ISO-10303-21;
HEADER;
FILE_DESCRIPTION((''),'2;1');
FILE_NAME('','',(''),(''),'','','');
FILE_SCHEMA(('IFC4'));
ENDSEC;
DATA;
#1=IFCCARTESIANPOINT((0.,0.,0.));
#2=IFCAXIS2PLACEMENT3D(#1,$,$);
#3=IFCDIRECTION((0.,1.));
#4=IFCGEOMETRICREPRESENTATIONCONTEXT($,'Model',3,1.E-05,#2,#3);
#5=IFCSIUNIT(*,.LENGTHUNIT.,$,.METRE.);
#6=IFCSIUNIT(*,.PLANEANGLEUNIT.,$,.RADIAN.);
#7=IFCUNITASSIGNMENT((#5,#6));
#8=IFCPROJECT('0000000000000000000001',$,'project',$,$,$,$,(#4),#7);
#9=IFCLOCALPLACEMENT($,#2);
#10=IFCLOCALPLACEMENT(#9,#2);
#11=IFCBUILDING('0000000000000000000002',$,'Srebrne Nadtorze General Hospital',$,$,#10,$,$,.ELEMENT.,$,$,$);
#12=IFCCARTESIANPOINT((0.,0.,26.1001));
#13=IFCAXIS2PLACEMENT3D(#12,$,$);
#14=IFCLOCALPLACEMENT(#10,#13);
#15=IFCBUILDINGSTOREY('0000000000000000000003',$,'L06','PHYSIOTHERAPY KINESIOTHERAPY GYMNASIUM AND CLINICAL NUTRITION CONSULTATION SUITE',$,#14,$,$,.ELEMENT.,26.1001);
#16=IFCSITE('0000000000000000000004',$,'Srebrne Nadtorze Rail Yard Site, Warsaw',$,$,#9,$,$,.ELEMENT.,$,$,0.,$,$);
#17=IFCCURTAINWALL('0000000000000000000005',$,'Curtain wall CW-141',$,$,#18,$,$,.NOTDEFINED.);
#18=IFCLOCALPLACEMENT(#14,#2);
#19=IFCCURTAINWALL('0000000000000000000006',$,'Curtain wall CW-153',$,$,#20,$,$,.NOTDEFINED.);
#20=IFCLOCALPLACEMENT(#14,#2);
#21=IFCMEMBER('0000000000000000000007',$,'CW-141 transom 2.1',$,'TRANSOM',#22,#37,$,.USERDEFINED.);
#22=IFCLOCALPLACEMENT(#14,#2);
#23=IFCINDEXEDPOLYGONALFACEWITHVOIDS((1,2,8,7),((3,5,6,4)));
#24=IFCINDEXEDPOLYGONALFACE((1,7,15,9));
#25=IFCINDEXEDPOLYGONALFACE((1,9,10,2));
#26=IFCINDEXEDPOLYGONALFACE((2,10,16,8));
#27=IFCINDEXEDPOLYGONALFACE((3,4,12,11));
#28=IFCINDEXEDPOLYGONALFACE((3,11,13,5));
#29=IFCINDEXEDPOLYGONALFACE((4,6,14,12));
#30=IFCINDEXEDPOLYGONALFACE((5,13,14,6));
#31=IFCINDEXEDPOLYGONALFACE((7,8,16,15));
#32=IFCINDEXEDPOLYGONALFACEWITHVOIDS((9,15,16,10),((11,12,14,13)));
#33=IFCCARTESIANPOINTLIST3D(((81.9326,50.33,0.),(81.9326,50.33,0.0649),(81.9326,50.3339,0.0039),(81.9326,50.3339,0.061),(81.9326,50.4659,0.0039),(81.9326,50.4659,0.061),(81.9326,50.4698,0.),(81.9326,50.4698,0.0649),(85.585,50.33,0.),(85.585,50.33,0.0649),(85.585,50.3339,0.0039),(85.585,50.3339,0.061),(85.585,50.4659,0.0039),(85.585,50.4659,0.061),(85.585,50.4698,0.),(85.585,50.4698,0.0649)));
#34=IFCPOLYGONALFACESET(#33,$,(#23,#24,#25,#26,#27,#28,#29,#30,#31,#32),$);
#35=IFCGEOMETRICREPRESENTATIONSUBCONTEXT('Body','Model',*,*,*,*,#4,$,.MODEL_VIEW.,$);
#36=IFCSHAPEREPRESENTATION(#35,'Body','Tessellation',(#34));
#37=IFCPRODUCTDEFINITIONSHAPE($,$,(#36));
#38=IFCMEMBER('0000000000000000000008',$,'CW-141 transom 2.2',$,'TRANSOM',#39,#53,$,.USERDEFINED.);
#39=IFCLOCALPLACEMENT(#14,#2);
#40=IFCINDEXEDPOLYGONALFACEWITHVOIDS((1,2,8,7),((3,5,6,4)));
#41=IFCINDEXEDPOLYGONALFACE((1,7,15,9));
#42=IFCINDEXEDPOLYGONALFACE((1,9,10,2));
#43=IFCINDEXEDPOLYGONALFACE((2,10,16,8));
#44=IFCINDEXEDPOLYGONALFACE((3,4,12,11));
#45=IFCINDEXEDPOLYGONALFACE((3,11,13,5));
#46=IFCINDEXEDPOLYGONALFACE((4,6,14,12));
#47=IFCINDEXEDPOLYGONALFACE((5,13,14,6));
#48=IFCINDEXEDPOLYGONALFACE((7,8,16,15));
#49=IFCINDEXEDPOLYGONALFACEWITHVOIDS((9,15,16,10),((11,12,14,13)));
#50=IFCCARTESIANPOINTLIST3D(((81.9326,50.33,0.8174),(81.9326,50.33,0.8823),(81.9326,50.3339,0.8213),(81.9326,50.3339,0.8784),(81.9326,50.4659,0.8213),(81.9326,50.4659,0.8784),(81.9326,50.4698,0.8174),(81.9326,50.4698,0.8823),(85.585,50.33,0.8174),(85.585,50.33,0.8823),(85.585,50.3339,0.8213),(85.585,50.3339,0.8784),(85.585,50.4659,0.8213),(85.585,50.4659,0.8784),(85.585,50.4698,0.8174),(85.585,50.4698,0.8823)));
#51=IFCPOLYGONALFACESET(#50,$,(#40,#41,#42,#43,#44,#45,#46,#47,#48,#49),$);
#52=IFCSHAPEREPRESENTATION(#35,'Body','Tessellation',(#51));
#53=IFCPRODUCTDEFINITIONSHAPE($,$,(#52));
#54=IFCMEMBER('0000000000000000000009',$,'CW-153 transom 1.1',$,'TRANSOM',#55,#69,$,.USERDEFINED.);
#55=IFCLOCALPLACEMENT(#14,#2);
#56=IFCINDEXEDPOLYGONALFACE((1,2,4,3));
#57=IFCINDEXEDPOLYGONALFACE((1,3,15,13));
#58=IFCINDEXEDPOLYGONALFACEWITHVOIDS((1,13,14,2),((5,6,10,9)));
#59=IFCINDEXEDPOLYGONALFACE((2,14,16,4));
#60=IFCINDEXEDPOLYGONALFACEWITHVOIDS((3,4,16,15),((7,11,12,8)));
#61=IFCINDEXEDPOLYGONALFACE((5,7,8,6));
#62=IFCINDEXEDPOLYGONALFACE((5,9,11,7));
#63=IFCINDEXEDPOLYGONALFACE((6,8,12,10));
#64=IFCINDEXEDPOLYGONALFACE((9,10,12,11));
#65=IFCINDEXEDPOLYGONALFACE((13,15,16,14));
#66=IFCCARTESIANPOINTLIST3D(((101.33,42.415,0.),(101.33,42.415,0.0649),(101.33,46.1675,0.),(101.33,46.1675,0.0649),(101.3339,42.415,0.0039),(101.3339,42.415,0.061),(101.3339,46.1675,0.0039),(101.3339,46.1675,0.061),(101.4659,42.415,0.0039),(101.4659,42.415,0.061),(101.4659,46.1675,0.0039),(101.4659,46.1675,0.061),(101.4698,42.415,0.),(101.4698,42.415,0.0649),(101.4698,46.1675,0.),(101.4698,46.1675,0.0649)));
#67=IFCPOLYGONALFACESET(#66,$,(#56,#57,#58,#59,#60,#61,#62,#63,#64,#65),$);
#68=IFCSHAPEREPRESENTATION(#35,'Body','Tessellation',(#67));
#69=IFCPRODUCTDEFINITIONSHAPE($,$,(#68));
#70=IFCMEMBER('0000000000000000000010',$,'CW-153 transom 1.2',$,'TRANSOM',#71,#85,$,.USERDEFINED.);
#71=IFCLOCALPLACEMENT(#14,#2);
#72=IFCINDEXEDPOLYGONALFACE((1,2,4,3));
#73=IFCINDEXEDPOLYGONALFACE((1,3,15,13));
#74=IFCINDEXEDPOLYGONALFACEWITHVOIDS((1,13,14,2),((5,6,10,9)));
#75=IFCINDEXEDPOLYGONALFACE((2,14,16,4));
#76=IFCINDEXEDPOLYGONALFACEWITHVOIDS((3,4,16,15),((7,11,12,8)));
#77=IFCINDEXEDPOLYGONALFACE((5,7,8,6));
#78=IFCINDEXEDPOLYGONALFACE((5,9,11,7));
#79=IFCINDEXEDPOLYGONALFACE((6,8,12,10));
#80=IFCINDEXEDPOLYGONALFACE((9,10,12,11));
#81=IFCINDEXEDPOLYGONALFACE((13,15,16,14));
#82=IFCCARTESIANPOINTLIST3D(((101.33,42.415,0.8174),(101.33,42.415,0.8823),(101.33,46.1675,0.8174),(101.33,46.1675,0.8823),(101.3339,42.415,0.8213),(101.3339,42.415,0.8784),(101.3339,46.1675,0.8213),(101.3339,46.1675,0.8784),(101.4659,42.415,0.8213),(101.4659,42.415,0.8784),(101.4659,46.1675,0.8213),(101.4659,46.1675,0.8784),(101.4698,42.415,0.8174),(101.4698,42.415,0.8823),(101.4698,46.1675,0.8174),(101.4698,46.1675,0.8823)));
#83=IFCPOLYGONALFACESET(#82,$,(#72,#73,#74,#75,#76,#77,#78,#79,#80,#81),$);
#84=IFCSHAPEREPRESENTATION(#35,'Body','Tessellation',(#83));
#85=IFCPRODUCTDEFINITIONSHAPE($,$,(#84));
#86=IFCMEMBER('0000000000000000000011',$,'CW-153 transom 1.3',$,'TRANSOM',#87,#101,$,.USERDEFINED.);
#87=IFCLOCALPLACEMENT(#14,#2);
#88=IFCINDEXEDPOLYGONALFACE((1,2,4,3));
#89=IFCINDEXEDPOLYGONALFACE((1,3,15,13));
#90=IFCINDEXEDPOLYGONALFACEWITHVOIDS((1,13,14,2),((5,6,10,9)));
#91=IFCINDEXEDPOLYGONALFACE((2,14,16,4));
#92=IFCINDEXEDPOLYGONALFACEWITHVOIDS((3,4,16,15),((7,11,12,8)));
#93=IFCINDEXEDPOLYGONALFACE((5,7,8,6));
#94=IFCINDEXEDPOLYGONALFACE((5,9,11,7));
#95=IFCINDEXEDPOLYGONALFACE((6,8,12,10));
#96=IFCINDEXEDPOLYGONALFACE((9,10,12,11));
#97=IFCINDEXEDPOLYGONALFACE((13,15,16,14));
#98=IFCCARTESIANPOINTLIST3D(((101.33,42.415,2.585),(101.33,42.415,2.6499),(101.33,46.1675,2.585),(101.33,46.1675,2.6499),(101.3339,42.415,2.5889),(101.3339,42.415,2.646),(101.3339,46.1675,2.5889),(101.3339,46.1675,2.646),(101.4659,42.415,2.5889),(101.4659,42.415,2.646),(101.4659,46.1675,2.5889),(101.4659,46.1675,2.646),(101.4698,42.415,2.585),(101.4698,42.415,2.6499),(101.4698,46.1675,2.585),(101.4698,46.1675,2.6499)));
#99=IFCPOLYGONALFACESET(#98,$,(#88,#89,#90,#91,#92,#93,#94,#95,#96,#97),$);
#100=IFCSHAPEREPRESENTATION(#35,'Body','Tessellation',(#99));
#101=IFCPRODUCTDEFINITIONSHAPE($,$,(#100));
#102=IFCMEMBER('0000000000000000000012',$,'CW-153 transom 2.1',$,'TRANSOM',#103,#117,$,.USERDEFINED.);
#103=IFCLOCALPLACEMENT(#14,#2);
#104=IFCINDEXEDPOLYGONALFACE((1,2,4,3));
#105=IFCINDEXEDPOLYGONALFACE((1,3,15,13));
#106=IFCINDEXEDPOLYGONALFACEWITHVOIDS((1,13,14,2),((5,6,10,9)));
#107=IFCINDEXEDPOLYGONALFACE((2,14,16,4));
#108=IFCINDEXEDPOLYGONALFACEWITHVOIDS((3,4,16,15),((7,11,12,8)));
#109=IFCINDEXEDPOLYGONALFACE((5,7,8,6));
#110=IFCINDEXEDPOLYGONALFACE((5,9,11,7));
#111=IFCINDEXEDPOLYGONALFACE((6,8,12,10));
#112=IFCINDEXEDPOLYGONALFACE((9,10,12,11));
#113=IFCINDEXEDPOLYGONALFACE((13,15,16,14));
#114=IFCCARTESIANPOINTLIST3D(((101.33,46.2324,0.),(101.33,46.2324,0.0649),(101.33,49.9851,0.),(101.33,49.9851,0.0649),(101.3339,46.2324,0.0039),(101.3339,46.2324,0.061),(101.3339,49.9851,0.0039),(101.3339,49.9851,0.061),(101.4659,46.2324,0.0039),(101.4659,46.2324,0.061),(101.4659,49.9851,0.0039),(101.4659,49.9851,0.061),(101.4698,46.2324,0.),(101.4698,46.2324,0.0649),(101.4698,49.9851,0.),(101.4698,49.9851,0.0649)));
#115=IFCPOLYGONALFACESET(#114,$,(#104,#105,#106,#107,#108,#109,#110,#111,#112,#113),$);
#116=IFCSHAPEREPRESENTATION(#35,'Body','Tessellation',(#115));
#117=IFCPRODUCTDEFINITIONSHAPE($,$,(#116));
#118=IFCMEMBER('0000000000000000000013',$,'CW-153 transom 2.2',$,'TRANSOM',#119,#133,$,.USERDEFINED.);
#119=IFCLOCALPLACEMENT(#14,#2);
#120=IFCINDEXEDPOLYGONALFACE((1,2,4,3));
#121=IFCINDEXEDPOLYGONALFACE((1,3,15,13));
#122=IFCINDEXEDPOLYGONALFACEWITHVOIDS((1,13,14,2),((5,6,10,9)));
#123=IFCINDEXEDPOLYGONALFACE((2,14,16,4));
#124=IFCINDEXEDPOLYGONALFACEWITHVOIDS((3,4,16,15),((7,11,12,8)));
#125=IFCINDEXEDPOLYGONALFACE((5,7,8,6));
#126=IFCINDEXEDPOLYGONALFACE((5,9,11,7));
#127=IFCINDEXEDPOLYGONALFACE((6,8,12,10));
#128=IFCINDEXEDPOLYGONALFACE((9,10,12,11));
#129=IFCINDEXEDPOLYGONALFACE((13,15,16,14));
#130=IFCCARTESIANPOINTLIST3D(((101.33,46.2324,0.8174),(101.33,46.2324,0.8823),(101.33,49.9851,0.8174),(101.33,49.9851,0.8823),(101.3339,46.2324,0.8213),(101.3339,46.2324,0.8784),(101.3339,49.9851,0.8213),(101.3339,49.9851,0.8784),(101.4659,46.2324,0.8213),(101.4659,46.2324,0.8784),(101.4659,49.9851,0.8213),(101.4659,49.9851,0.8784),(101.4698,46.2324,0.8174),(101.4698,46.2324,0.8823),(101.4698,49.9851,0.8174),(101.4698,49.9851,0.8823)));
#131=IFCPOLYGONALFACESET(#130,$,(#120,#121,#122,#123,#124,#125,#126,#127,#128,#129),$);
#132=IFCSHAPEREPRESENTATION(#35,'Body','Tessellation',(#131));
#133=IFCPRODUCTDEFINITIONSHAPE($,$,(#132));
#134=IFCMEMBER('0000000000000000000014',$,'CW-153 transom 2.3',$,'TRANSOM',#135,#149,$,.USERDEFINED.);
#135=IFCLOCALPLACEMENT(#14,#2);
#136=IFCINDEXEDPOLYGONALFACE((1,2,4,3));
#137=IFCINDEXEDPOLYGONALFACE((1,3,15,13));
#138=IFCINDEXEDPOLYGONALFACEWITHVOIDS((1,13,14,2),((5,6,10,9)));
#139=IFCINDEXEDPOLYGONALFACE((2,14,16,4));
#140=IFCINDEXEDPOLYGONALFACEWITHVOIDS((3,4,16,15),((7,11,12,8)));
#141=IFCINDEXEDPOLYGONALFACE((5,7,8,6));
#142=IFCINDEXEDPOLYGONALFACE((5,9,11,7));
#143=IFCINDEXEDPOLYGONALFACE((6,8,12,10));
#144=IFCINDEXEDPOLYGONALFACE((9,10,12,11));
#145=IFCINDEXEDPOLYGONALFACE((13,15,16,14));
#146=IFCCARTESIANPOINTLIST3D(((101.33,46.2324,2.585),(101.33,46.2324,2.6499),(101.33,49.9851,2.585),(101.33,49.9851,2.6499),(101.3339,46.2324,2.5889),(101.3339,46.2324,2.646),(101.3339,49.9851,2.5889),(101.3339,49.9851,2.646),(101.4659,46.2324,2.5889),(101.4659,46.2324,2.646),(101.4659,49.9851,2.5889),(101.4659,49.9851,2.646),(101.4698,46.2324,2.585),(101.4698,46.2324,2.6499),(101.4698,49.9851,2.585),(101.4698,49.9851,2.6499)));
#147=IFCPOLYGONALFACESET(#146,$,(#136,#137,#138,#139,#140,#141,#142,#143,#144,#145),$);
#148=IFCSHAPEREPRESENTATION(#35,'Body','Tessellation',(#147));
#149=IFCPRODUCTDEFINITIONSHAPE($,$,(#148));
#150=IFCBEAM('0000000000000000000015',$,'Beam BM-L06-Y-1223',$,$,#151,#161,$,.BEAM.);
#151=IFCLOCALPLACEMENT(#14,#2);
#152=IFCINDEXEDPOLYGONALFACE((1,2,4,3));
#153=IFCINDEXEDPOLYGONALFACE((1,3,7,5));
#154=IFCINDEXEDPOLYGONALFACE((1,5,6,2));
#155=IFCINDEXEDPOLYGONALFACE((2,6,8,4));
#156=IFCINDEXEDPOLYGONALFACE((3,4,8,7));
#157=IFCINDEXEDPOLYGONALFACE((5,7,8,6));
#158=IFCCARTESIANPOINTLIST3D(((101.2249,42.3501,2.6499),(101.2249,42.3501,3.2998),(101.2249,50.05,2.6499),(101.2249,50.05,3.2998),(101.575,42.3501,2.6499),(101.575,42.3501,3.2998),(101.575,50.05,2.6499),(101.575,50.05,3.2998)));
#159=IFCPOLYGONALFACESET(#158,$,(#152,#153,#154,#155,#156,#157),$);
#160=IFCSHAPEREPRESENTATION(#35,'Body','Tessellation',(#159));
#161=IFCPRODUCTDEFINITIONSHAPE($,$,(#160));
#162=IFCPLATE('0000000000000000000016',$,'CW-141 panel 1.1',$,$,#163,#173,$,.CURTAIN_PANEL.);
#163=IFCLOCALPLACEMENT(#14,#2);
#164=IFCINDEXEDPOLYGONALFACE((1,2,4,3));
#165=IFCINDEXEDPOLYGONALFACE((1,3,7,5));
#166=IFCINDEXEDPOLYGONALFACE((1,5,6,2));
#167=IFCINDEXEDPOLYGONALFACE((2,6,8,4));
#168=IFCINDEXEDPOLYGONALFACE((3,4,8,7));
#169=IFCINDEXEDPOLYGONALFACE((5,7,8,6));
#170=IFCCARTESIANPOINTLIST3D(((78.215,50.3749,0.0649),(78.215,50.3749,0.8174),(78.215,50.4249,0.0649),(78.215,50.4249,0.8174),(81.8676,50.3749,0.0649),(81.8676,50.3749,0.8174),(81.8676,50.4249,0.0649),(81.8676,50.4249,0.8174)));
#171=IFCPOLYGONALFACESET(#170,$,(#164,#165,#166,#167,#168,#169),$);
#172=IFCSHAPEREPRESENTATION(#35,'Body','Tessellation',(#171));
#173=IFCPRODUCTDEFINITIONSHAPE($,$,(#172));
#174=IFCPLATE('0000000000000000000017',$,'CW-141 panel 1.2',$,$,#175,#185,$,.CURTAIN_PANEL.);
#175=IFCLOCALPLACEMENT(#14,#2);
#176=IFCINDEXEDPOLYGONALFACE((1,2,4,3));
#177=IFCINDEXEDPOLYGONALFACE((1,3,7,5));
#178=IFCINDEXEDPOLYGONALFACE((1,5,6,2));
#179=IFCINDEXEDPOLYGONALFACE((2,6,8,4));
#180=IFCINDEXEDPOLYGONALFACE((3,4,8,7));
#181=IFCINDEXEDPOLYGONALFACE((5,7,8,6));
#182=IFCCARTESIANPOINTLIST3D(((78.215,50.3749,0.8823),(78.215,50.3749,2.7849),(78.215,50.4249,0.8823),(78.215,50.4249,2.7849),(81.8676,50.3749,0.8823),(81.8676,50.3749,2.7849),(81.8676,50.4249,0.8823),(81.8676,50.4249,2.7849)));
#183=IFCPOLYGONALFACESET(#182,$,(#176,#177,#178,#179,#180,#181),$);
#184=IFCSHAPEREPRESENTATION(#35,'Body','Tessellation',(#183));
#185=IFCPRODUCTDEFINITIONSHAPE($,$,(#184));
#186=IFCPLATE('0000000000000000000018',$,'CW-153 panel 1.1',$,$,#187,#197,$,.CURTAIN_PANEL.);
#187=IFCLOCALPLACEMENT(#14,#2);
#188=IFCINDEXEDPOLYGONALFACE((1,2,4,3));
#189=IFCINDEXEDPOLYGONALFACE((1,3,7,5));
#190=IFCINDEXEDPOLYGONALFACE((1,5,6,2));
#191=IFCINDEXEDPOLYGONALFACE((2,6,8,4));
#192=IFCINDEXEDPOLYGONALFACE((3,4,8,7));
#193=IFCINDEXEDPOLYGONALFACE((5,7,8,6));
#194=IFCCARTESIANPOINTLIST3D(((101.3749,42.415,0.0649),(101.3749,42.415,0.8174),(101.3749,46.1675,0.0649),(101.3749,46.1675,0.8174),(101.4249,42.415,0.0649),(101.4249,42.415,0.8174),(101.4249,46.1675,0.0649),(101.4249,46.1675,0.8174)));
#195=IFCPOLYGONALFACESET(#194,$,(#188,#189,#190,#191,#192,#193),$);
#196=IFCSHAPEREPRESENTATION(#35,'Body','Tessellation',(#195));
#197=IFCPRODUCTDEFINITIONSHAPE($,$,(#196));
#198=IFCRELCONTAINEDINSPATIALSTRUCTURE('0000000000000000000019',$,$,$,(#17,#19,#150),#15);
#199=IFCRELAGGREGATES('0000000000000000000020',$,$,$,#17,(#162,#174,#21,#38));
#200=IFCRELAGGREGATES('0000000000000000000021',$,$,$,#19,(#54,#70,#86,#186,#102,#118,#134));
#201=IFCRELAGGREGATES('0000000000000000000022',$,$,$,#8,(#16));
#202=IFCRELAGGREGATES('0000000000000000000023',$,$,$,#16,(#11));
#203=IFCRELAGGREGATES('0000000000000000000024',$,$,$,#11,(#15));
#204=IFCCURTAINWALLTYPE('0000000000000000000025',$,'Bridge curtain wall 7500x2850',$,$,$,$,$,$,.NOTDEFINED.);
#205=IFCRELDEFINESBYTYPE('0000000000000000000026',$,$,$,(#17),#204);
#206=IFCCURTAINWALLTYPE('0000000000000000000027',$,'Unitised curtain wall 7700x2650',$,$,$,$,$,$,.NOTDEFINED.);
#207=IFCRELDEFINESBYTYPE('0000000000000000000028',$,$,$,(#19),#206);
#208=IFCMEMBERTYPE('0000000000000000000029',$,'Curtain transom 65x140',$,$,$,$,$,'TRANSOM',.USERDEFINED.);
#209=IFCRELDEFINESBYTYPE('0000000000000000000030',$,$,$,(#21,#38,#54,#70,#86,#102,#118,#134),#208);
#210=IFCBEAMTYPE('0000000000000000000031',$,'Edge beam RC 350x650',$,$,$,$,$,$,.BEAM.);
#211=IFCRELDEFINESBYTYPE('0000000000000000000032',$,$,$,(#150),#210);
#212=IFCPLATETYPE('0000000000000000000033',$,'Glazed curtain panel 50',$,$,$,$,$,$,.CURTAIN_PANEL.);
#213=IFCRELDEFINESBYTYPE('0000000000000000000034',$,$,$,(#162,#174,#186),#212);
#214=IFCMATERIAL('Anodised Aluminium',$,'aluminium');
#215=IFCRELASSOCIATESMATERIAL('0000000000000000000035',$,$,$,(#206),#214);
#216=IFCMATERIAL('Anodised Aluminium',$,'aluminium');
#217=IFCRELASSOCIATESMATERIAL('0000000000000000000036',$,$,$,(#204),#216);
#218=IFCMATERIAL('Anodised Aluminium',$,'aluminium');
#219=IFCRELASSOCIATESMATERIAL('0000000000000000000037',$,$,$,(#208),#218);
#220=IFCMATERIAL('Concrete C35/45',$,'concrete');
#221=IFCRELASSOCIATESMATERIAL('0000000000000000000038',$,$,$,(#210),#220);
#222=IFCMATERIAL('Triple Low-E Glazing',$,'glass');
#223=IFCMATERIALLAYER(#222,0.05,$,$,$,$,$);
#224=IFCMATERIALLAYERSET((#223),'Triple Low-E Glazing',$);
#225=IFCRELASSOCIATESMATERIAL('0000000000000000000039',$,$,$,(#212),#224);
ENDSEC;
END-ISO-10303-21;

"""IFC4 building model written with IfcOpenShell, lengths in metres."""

from ifc_helpers import new_model, si_unit, direction, frame, origin, origin_2d, place, context, subcontext, project, spatial, rectangle, hollow_rectangle, extrude, material, layer, layer_set, material_profile, profile_set, type_object, element, aggregate, save


model = new_model("IFC4")

# Units and contexts
model_context = context("Model", 3, precision=1e-05, world=origin(), true_north=direction((0.0, 1.0)))
body_context = subcontext(model_context, "Body", "Model", "MODEL_VIEW")
ifc_project = project(units=[si_unit("LENGTHUNIT", "METRE"), si_unit("PLANEANGLEUNIT", "RADIAN")], contexts=[model_context])

# Site, building, storey
site_placement = place(None, origin())
site = spatial("IfcSite", under=ifc_project, at=site_placement, Name="Srebrne Nadtorze Rail Yard Site, Warsaw", CompositionType="ELEMENT", RefElevation=0.0)
building_placement = place(site_placement, origin())
building = spatial("IfcBuilding", under=site, at=building_placement, Name="Srebrne Nadtorze General Hospital", CompositionType="ELEMENT")
storey_placement = place(building_placement, frame((0.0, 0.0, 26.1001)))
storey = spatial("IfcBuildingStorey", under=building, at=storey_placement, Name="L06", Description="PHYSIOTHERAPY KINESIOTHERAPY GYMNASIUM AND CLINICAL NUTRITION CONSULTATION SUITE", CompositionType="ELEMENT", Elevation=26.1001)

# Shared definitions
ifc_material_1 = material(Name="Anodised Aluminium", Category="aluminium")
curtain_wall_type_1 = type_object("IfcCurtainWallType", Name="Unitised curtain wall 7700x2650", PredefinedType="NOTDEFINED", material=ifc_material_1)

# Curtain walls
ifc_material_2 = material(Name="Anodised Aluminium", Category="aluminium")
curtain_wall_type_2 = type_object("IfcCurtainWallType", Name="Bridge curtain wall 7500x2850", PredefinedType="NOTDEFINED", material=ifc_material_2)
curtain_wall_1_placement = place(storey_placement, origin())
curtain_wall_1 = element("IfcCurtainWall", 1, at=curtain_wall_1_placement, inside=storey, type_object=curtain_wall_type_2, Name="Curtain wall CW-141", PredefinedType="NOTDEFINED")
curtain_wall_2_placement = place(storey_placement, origin())
curtain_wall_2 = element("IfcCurtainWall", 2, at=curtain_wall_2_placement, inside=storey, type_object=curtain_wall_type_1, Name="Curtain wall CW-153", PredefinedType="NOTDEFINED")

# Members
ifc_material_3 = material(Name="Anodised Aluminium", Category="aluminium")
ifc_material_profile_1 = material_profile(ifc_material_3, hollow_rectangle(XDim=0.0649, YDim=0.1399, WallThickness=0.0039, at=origin_2d()), Name="AL-TRN-65x140")
ifc_profile_set_1 = profile_set([ifc_material_profile_1], Name="Anodised Aluminium")
member_type_1 = type_object("IfcMemberType", Name="Curtain transom 65x140", ElementType="TRANSOM", PredefinedType="USERDEFINED", material=ifc_profile_set_1)
member_1_placement = place(storey_placement, frame((81.9326, 50.3999, 0.0325), z_axis=(1.0, 0.0, 0.0), x_axis=(0.0, 0.0, 1.0)))
member_1 = element("IfcMember", 3, at=member_1_placement, type_object=member_type_1, Name="CW-141 transom 2.1", ObjectType="TRANSOM", PredefinedType="USERDEFINED", context=body_context, shape_type="SweptSolid", body=[
    extrude(hollow_rectangle(XDim=0.0649, YDim=0.1399, WallThickness=0.0039, at=origin_2d()), origin(), (0.0, 0.0, 1.0), 3.6523),
])
member_2_placement = place(storey_placement, frame((81.9326, 50.3999, 0.8499), z_axis=(1.0, 0.0, 0.0), x_axis=(0.0, 0.0, 1.0)))
member_2 = element("IfcMember", 4, at=member_2_placement, type_object=member_type_1, Name="CW-141 transom 2.2", ObjectType="TRANSOM", PredefinedType="USERDEFINED", context=body_context, shape_type="SweptSolid", body=[
    extrude(hollow_rectangle(XDim=0.0649, YDim=0.1399, WallThickness=0.0039, at=origin_2d()), origin(), (0.0, 0.0, 1.0), 3.6523),
])
member_3_placement = place(storey_placement, frame((101.3999, 42.415, 0.0325), z_axis=(0.0, 1.0, 0.0), x_axis=(0.0, 0.0, 1.0)))
member_3 = element("IfcMember", 5, at=member_3_placement, type_object=member_type_1, Name="CW-153 transom 1.1", ObjectType="TRANSOM", PredefinedType="USERDEFINED", context=body_context, shape_type="SweptSolid", body=[
    extrude(hollow_rectangle(XDim=0.0649, YDim=0.1399, WallThickness=0.0039, at=origin_2d()), origin(), (0.0, 0.0, 1.0), 3.7524),
])
member_4_placement = place(storey_placement, frame((101.3999, 42.415, 0.8499), z_axis=(0.0, 1.0, 0.0), x_axis=(0.0, 0.0, 1.0)))
member_4 = element("IfcMember", 6, at=member_4_placement, type_object=member_type_1, Name="CW-153 transom 1.2", ObjectType="TRANSOM", PredefinedType="USERDEFINED", context=body_context, shape_type="SweptSolid", body=[
    extrude(hollow_rectangle(XDim=0.0649, YDim=0.1399, WallThickness=0.0039, at=origin_2d()), origin(), (0.0, 0.0, 1.0), 3.7524),
])
member_5_placement = place(storey_placement, frame((101.3999, 42.415, 2.6174), z_axis=(0.0, 1.0, 0.0), x_axis=(0.0, 0.0, 1.0)))
member_5 = element("IfcMember", 7, at=member_5_placement, type_object=member_type_1, Name="CW-153 transom 1.3", ObjectType="TRANSOM", PredefinedType="USERDEFINED", context=body_context, shape_type="SweptSolid", body=[
    extrude(hollow_rectangle(XDim=0.0649, YDim=0.1399, WallThickness=0.0039, at=origin_2d()), origin(), (0.0, 0.0, 1.0), 3.7524),
])
member_6_placement = place(storey_placement, frame((101.3999, 46.2324, 0.0325), z_axis=(0.0, 1.0, 0.0), x_axis=(0.0, 0.0, 1.0)))
member_6 = element("IfcMember", 8, at=member_6_placement, type_object=member_type_1, Name="CW-153 transom 2.1", ObjectType="TRANSOM", PredefinedType="USERDEFINED", context=body_context, shape_type="SweptSolid", body=[
    extrude(hollow_rectangle(XDim=0.0649, YDim=0.1399, WallThickness=0.0039, at=origin_2d()), origin(), (0.0, 0.0, 1.0), 3.7527),
])
member_7_placement = place(storey_placement, frame((101.3999, 46.2324, 0.8499), z_axis=(0.0, 1.0, 0.0), x_axis=(0.0, 0.0, 1.0)))
member_7 = element("IfcMember", 9, at=member_7_placement, type_object=member_type_1, Name="CW-153 transom 2.2", ObjectType="TRANSOM", PredefinedType="USERDEFINED", context=body_context, shape_type="SweptSolid", body=[
    extrude(hollow_rectangle(XDim=0.0649, YDim=0.1399, WallThickness=0.0039, at=origin_2d()), origin(), (0.0, 0.0, 1.0), 3.7527),
])
member_8_placement = place(storey_placement, frame((101.3999, 46.2324, 2.6174), z_axis=(0.0, 1.0, 0.0), x_axis=(0.0, 0.0, 1.0)))
member_8 = element("IfcMember", 10, at=member_8_placement, type_object=member_type_1, Name="CW-153 transom 2.3", ObjectType="TRANSOM", PredefinedType="USERDEFINED", context=body_context, shape_type="SweptSolid", body=[
    extrude(hollow_rectangle(XDim=0.0649, YDim=0.1399, WallThickness=0.0039, at=origin_2d()), origin(), (0.0, 0.0, 1.0), 3.7527),
])

# Beam
ifc_material_4 = material(Name="Concrete C35/45", Category="concrete")
ifc_material_profile_2 = material_profile(ifc_material_4, rectangle(XDim=0.3501, YDim=0.6499, at=origin_2d()), Name="RC-BM-350x650")
ifc_profile_set_2 = profile_set([ifc_material_profile_2], Name="Concrete C35/45")
beam_type = type_object("IfcBeamType", Name="Edge beam RC 350x650", PredefinedType="BEAM", material=ifc_profile_set_2)
beam_placement = place(storey_placement, frame((101.3999, 42.3501, 2.9749), z_axis=(0.0, 1.0, 0.0), x_axis=(-1.0, 0.0, 0.0)))
element("IfcBeam", 11, at=beam_placement, inside=storey, type_object=beam_type, Name="Beam BM-L06-Y-1223", PredefinedType="BEAM", context=body_context, shape_type="SweptSolid", body=[
    extrude(rectangle(XDim=0.3501, YDim=0.6499, at=origin_2d()), origin(), (0.0, 0.0, 1.0), 7.7),
])

# Plates
ifc_material_5 = material(Name="Triple Low-E Glazing", Category="glass")
ifc_layer_1 = layer(ifc_material_5, 0.05)
ifc_layer_set_1 = layer_set([ifc_layer_1], Name="Triple Low-E Glazing")
plate_type = type_object("IfcPlateType", Name="Glazed curtain panel 50", PredefinedType="CURTAIN_PANEL", material=ifc_layer_set_1)
plate_1_placement = place(storey_placement, frame((80.0413, 50.3999, 0.0649), z_axis=(0.0, 0.0, 1.0), x_axis=(1.0, 0.0, 0.0)))
plate_1 = element("IfcPlate", 12, at=plate_1_placement, type_object=plate_type, Name="CW-141 panel 1.1", PredefinedType="CURTAIN_PANEL", context=body_context, shape_type="SweptSolid", body=[
    extrude(rectangle(XDim=3.6526, YDim=0.05, at=origin_2d()), origin(), (0.0, 0.0, 1.0), 0.7524),
])
plate_2_placement = place(storey_placement, frame((80.0413, 50.3999, 0.8823), z_axis=(0.0, 0.0, 1.0), x_axis=(1.0, 0.0, 0.0)))
plate_2 = element("IfcPlate", 13, at=plate_2_placement, type_object=plate_type, Name="CW-141 panel 1.2", PredefinedType="CURTAIN_PANEL", context=body_context, shape_type="SweptSolid", body=[
    extrude(rectangle(XDim=3.6526, YDim=0.05, at=origin_2d()), origin(), (0.0, 0.0, 1.0), 1.9026),
])
aggregate(curtain_wall_1, [plate_1, plate_2, member_1, member_2])
plate_3_placement = place(storey_placement, frame((101.3999, 44.2913, 0.0649), z_axis=(0.0, 0.0, 1.0), x_axis=(0.0, 1.0, 0.0)))
plate_3 = element("IfcPlate", 14, at=plate_3_placement, type_object=plate_type, Name="CW-153 panel 1.1", PredefinedType="CURTAIN_PANEL", context=body_context, shape_type="SweptSolid", body=[
    extrude(rectangle(XDim=3.7524, YDim=0.05, at=origin_2d()), origin(), (0.0, 0.0, 1.0), 0.7524),
])
aggregate(curtain_wall_2, [member_3, member_4, member_5, plate_3, member_6, member_7, member_8])

save(model, "model.ifc")
